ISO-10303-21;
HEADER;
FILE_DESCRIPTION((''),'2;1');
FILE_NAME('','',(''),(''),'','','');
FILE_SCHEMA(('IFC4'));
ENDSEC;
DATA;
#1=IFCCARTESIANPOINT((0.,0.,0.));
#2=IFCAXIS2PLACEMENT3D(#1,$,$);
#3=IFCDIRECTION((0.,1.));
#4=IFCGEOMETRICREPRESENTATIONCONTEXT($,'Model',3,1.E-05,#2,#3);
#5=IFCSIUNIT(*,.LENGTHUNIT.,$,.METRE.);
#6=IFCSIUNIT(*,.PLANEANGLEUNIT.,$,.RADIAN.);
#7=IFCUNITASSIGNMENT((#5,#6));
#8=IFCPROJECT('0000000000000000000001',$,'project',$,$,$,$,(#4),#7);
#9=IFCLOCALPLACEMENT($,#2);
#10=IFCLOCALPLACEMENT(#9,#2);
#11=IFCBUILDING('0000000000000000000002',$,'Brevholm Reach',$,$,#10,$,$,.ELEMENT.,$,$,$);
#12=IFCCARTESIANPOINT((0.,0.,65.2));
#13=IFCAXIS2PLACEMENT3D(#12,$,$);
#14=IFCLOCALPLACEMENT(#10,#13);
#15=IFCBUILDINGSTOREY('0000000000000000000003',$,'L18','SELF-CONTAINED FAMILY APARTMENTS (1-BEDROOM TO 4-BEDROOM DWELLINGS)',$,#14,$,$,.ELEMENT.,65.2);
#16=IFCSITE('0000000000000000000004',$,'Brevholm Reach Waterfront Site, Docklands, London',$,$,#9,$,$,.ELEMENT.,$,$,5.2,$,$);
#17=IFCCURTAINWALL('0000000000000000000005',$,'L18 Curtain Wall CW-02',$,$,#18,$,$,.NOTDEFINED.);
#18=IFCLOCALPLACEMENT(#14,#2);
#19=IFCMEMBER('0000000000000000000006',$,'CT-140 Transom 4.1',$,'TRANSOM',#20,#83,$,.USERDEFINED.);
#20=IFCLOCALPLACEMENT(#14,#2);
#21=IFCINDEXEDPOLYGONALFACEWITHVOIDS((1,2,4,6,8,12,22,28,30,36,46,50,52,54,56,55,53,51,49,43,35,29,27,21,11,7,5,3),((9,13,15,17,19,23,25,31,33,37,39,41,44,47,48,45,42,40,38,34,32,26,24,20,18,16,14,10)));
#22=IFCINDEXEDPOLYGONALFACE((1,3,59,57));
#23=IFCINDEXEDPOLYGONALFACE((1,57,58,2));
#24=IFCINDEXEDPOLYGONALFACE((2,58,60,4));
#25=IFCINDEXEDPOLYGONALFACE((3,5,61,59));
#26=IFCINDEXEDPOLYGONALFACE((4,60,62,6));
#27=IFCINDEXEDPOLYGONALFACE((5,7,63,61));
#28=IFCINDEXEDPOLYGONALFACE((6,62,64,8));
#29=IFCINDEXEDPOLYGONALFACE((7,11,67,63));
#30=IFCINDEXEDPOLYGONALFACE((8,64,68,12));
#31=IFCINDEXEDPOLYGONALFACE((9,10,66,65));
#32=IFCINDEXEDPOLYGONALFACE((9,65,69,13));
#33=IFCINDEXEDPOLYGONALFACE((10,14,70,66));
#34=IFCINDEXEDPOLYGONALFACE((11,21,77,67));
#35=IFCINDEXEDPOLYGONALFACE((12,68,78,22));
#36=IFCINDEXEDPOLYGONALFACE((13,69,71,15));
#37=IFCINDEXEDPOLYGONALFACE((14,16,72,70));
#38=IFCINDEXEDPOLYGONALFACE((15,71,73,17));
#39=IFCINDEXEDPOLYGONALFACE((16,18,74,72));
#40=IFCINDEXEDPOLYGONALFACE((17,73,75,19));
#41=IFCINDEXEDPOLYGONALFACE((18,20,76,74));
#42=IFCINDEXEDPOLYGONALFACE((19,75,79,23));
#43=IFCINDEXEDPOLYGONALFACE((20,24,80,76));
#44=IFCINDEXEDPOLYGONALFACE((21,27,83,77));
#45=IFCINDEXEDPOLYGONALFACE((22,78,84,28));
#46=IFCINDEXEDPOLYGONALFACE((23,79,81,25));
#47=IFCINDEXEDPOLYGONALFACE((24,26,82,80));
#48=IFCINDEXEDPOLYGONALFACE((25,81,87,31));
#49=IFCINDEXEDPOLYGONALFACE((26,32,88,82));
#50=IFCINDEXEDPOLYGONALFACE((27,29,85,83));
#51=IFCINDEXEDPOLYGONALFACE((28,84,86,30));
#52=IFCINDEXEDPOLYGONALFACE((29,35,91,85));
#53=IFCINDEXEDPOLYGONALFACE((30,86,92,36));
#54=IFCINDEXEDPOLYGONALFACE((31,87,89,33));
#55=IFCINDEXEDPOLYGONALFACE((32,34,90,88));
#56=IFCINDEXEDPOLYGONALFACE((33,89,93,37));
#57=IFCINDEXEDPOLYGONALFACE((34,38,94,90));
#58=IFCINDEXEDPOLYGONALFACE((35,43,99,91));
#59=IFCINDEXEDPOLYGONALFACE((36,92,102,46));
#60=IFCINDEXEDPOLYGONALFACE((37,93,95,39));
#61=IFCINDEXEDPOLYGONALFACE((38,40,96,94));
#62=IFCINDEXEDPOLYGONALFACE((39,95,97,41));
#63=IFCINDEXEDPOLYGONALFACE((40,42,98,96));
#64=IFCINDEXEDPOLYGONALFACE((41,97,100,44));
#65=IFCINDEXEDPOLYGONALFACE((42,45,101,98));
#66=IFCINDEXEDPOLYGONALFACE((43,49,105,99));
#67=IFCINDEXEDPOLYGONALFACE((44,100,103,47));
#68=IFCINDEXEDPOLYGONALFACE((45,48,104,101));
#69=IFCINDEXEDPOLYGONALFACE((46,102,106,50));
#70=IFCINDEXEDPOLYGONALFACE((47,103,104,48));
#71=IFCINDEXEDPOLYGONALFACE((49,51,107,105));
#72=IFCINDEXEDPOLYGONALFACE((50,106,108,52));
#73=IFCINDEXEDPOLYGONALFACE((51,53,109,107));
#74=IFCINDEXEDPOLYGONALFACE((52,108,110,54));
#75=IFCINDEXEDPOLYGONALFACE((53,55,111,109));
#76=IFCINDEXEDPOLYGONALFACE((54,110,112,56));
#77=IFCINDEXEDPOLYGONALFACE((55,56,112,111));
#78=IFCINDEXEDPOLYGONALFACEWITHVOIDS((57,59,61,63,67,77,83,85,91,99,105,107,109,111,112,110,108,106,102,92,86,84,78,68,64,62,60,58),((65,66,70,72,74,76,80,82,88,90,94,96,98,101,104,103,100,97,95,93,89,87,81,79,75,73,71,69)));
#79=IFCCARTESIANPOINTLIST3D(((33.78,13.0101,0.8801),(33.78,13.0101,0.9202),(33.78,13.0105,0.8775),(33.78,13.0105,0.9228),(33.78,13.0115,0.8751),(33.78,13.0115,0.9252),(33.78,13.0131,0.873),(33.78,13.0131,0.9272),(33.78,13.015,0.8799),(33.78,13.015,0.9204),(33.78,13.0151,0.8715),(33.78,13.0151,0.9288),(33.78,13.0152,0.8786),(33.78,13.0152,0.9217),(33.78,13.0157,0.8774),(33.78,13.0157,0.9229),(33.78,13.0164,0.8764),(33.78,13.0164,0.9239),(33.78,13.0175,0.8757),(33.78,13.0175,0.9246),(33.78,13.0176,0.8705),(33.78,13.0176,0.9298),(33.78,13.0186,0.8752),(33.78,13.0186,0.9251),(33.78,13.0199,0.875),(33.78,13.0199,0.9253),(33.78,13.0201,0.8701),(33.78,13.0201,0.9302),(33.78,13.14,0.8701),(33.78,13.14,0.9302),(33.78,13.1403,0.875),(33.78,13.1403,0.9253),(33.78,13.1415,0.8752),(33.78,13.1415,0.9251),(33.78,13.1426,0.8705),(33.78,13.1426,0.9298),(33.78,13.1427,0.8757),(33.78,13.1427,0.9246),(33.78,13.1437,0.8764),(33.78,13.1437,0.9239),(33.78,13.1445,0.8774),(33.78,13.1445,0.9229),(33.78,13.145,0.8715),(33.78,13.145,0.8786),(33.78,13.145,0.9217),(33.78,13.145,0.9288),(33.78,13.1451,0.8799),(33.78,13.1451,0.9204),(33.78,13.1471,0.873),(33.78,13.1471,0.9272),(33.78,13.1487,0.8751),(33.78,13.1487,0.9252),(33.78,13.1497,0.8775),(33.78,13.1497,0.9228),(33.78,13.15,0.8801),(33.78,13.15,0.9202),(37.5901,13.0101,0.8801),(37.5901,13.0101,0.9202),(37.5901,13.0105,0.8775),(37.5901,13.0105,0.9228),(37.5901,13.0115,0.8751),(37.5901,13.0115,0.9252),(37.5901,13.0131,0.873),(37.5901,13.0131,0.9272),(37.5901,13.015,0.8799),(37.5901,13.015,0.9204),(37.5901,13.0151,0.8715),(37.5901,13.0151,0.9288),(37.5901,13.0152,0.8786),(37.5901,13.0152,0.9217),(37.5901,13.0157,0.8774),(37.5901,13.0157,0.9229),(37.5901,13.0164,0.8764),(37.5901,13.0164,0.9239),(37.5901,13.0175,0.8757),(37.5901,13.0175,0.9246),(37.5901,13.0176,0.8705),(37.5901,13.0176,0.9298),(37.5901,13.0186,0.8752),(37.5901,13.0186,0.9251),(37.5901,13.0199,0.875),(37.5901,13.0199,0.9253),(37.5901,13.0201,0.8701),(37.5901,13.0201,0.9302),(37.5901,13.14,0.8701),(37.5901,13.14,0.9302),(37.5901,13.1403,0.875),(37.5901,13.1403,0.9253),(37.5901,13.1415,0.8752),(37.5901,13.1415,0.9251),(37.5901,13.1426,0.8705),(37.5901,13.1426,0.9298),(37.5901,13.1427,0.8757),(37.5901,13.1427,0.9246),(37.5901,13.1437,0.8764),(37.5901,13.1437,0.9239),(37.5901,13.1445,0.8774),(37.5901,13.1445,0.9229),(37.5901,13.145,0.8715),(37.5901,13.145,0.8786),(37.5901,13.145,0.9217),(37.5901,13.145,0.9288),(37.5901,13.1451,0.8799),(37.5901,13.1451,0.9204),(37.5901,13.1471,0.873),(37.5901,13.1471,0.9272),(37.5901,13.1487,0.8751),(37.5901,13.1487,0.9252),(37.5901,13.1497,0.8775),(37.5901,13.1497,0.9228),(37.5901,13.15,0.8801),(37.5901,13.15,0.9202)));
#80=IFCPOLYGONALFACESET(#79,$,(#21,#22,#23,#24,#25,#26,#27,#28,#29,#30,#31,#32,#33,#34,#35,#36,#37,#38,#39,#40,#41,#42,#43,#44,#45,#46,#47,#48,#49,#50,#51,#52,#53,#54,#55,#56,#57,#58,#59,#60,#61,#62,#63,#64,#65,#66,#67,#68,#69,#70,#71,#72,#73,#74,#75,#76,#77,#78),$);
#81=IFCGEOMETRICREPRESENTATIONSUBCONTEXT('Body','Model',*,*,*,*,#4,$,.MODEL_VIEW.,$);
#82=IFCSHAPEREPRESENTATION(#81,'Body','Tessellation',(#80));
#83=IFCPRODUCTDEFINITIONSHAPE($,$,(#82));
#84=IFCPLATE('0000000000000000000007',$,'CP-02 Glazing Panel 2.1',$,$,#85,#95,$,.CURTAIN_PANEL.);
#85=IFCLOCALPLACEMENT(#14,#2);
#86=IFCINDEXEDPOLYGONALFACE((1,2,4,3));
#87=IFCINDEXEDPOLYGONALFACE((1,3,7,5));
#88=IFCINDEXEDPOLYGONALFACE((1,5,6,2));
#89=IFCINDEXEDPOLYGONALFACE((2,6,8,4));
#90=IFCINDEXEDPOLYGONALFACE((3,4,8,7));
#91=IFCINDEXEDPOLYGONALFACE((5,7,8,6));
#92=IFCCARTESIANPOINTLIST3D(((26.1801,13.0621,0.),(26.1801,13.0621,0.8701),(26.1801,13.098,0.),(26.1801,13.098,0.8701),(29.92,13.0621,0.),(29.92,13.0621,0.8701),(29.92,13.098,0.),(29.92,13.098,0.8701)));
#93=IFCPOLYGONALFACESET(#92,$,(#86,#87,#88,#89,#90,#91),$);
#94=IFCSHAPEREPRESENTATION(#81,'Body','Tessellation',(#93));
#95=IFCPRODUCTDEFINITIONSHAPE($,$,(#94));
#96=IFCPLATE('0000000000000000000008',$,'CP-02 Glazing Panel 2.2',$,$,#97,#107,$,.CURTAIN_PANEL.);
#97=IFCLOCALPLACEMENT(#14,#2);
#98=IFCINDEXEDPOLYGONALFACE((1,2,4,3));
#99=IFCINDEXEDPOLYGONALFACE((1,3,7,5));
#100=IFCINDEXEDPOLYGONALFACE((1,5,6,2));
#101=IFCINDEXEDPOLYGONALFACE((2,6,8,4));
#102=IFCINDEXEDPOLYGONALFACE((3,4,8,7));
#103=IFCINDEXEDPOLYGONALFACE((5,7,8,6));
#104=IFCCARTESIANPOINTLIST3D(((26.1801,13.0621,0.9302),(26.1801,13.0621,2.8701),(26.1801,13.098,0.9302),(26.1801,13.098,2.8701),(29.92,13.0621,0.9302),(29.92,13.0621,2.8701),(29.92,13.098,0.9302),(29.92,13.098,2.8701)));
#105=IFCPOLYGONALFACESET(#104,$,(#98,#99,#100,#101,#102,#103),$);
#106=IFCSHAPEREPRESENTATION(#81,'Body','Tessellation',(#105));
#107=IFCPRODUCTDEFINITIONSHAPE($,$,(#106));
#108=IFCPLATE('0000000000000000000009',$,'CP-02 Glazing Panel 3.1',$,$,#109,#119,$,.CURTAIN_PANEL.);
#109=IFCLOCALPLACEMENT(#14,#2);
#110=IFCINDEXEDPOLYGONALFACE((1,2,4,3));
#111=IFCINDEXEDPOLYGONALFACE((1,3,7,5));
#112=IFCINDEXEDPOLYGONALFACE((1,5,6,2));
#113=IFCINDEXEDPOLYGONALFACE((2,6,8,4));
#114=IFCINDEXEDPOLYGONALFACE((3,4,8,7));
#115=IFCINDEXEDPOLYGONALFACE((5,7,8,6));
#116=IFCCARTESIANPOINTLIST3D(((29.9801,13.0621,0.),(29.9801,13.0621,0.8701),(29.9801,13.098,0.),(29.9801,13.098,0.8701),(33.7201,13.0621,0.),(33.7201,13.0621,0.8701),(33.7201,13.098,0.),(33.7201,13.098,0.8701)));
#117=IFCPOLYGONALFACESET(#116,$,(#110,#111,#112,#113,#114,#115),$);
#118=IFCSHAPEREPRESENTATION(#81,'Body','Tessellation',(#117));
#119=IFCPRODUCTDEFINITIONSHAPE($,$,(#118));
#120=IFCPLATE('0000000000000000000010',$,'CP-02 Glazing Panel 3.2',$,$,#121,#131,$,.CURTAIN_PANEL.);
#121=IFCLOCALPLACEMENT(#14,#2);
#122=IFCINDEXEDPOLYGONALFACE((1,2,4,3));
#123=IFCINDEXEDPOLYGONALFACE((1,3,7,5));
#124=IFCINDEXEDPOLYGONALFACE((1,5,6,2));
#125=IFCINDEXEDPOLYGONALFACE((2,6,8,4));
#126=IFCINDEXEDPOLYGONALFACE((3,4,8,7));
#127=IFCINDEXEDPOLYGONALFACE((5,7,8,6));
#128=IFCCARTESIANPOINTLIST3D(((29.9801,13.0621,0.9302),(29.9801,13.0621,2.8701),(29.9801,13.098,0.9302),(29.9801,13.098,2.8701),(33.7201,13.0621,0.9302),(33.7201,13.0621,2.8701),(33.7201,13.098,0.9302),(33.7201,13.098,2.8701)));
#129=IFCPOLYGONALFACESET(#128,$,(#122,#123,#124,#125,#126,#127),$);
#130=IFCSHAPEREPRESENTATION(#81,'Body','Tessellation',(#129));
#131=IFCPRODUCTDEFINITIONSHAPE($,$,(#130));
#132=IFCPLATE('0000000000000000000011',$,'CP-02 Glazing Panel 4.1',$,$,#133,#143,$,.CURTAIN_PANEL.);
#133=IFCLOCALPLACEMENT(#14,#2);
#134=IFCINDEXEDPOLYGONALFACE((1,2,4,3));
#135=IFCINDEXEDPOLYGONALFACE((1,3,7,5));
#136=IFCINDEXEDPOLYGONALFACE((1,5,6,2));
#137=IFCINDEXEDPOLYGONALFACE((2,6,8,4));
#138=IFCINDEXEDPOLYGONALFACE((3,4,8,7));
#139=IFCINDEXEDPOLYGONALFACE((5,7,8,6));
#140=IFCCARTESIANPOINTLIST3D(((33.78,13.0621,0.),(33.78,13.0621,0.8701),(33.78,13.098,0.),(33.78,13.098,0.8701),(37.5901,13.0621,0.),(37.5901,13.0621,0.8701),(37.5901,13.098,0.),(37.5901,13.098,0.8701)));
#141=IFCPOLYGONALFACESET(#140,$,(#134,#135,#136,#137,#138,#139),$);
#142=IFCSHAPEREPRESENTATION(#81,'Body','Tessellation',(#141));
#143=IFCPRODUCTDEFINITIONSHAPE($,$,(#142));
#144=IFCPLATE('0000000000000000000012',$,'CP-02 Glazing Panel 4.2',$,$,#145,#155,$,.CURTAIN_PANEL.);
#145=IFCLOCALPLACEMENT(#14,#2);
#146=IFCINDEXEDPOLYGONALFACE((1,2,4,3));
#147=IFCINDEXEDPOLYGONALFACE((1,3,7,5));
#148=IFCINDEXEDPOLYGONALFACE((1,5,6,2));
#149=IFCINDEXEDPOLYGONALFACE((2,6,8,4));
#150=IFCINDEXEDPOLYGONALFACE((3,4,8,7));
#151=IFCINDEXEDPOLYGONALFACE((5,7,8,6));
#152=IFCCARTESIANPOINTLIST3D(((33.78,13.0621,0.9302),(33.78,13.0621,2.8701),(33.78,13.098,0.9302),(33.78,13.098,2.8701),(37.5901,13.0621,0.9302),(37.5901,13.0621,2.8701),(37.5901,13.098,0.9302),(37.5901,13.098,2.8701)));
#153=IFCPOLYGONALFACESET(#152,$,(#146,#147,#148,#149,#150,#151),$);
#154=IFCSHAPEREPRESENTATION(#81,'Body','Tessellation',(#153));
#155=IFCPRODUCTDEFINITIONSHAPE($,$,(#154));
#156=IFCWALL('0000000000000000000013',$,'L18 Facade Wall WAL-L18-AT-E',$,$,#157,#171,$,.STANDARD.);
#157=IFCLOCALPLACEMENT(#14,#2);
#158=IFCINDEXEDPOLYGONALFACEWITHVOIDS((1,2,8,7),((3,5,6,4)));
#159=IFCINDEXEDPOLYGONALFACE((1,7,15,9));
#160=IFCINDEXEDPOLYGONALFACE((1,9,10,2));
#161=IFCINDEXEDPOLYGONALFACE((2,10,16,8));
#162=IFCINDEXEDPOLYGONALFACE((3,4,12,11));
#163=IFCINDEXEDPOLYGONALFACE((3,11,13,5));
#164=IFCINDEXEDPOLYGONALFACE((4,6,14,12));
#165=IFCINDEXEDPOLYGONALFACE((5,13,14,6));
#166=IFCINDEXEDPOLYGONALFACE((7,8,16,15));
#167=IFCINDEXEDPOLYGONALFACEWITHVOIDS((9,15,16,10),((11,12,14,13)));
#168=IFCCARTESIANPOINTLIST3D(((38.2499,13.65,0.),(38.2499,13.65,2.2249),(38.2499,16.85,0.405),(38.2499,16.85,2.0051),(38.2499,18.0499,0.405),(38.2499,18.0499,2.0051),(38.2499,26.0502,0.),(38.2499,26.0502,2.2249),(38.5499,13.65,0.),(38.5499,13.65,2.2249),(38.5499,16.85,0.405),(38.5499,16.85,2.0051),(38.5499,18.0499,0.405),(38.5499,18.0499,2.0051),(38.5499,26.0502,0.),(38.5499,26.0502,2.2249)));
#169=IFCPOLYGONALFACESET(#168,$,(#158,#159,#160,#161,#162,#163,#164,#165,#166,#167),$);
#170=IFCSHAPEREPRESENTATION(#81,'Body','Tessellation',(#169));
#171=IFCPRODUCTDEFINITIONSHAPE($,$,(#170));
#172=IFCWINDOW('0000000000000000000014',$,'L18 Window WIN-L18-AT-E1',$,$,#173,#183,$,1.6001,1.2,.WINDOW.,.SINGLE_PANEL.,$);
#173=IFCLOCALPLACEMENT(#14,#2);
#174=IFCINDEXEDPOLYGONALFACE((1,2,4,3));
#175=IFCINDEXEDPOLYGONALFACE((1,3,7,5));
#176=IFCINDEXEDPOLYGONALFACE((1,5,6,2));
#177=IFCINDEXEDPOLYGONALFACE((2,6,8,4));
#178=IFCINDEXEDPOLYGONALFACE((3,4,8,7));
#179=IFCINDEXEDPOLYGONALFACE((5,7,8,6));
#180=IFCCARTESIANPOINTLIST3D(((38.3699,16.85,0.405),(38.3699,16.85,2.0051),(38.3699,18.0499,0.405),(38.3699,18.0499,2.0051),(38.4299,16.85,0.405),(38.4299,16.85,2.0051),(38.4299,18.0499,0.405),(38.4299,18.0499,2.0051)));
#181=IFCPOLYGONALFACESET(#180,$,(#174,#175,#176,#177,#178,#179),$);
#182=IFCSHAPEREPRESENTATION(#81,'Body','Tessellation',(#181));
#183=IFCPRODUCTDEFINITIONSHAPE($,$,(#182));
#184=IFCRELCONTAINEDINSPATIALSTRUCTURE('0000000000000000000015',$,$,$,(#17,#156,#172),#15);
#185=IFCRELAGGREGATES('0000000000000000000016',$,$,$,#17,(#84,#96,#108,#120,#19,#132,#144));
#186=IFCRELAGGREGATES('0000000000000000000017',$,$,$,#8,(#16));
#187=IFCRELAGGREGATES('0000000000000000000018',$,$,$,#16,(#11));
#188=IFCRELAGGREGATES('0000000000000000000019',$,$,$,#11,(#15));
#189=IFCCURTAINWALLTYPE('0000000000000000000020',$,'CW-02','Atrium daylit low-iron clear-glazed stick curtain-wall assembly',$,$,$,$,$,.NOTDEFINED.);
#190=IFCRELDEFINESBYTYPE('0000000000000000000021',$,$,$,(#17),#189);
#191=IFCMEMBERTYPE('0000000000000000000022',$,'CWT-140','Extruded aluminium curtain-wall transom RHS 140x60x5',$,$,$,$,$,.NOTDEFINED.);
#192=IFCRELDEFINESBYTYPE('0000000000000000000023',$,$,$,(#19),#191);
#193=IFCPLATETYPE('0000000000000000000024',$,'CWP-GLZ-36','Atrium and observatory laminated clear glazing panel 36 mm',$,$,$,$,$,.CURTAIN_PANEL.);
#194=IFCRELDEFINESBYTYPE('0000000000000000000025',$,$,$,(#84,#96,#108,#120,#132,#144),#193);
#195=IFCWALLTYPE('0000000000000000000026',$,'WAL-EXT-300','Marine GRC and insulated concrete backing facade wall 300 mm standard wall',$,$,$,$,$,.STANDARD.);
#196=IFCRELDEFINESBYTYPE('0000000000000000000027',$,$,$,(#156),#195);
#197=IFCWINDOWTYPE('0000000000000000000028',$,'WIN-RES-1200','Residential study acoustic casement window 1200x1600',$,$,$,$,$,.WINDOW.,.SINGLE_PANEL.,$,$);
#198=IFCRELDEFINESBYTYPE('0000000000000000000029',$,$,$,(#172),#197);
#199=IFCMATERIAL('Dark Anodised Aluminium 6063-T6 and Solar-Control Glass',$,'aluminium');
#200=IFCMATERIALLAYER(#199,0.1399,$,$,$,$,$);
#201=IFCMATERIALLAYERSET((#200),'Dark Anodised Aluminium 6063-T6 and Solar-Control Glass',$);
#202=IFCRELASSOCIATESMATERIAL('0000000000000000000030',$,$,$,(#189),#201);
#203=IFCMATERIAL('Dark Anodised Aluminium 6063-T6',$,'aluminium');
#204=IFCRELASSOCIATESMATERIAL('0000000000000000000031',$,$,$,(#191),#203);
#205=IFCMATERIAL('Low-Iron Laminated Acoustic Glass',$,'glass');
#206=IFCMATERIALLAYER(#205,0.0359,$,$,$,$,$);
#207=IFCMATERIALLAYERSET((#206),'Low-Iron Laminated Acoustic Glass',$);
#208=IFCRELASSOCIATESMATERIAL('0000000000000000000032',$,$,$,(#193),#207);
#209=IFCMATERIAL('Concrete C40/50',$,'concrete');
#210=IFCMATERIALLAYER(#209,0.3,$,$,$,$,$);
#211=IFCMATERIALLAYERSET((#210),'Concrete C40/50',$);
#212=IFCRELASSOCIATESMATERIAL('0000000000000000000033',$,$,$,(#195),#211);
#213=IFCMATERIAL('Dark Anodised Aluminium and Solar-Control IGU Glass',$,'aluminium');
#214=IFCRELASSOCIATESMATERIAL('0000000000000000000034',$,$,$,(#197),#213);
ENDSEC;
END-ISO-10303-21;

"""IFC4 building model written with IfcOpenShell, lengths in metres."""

from ifc_helpers import new_model, si_unit, direction, frame, frame_2d, origin, origin_2d, place, context, subcontext, project, spatial, rectangle, hollow_rectangle, extrude, material, layer, layer_set, material_profile, profile_set, type_object, element, fill, aggregate, save


model = new_model("IFC4")

# Units and contexts
model_context = context("Model", 3, precision=1e-05, world=origin(), true_north=direction((0.0, 1.0)))
body_context = subcontext(model_context, "Body", "Model", "MODEL_VIEW")
ifc_project = project(units=[si_unit("LENGTHUNIT", "METRE"), si_unit("PLANEANGLEUNIT", "RADIAN")], contexts=[model_context])

# Site, building, storey
site_placement = place(None, origin())
site = spatial("IfcSite", under=ifc_project, at=site_placement, Name="Brevholm Reach Waterfront Site, Docklands, London", CompositionType="ELEMENT", RefElevation=5.2)
building_placement = place(site_placement, origin())
building = spatial("IfcBuilding", under=site, at=building_placement, Name="Brevholm Reach", CompositionType="ELEMENT")
storey_placement = place(building_placement, frame((0.0, 0.0, 65.2)))
storey = spatial("IfcBuildingStorey", under=building, at=storey_placement, Name="L18", Description="SELF-CONTAINED FAMILY APARTMENTS (1-BEDROOM TO 4-BEDROOM DWELLINGS)", CompositionType="ELEMENT", Elevation=65.2)

# Curtain wall, member, plates
ifc_material_1 = material(Name="Dark Anodised Aluminium 6063-T6 and Solar-Control Glass", Category="aluminium")
ifc_layer_1 = layer(ifc_material_1, 0.1399)
ifc_layer_set_1 = layer_set([ifc_layer_1], Name="Dark Anodised Aluminium 6063-T6 and Solar-Control Glass")
curtain_wall_type = type_object("IfcCurtainWallType", Name="CW-02", Description="Atrium daylit low-iron clear-glazed stick curtain-wall assembly", PredefinedType="NOTDEFINED", material=ifc_layer_set_1)
curtain_wall_placement = place(storey_placement, origin())
curtain_wall = element("IfcCurtainWall", 1, at=curtain_wall_placement, inside=storey, type_object=curtain_wall_type, Name="L18 Curtain Wall CW-02", PredefinedType="NOTDEFINED")
ifc_material_2 = material(Name="Dark Anodised Aluminium 6063-T6", Category="aluminium")
ifc_material_profile_1 = material_profile(ifc_material_2, hollow_rectangle(XDim=0.0601, YDim=0.1399, WallThickness=0.0049, InnerFilletRadius=0.0049, OuterFilletRadius=0.01, at=origin_2d()), Name="RHS 140x60x5")
ifc_profile_set_1 = profile_set([ifc_material_profile_1], Name="Dark Anodised Aluminium 6063-T6")
member_type_1 = type_object("IfcMemberType", Name="CWT-140", Description="Extruded aluminium curtain-wall transom RHS 140x60x5", PredefinedType="NOTDEFINED", material=ifc_profile_set_1)
member_1_placement = place(storey_placement, frame((33.78, 13.0801, 0.9001), z_axis=(1.0, 0.0, 0.0), x_axis=(0.0, 0.0, 1.0)))
member_1 = element("IfcMember", 2, at=member_1_placement, type_object=member_type_1, Name="CT-140 Transom 4.1", ObjectType="TRANSOM", PredefinedType="USERDEFINED", context=body_context, shape_type="SweptSolid", body=[
    extrude(hollow_rectangle(XDim=0.0601, YDim=0.1399, WallThickness=0.0049, InnerFilletRadius=0.0049, OuterFilletRadius=0.01, at=origin_2d()), origin(), (0.0, 0.0, 1.0), 3.8101),
])
ifc_material_3 = material(Name="Low-Iron Laminated Acoustic Glass", Category="glass")
ifc_layer_2 = layer(ifc_material_3, 0.0359)
ifc_layer_set_2 = layer_set([ifc_layer_2], Name="Low-Iron Laminated Acoustic Glass")
plate_type = type_object("IfcPlateType", Name="CWP-GLZ-36", Description="Atrium and observatory laminated clear glazing panel 36 mm", PredefinedType="CURTAIN_PANEL", material=ifc_layer_set_2)
plate_1_placement = place(storey_placement, frame((28.05, 13.0801, 0.0), z_axis=(0.0, 0.0, 1.0), x_axis=(1.0, 0.0, 0.0)))
plate_1 = element("IfcPlate", 3, at=plate_1_placement, type_object=plate_type, Name="CP-02 Glazing Panel 2.1", PredefinedType="CURTAIN_PANEL", context=body_context, shape_type="SweptSolid", body=[
    extrude(rectangle(XDim=3.74, YDim=0.0359, at=origin_2d()), origin(), (0.0, 0.0, 1.0), 0.8701),
])
plate_2_placement = place(storey_placement, frame((28.05, 13.0801, 0.9302), z_axis=(0.0, 0.0, 1.0), x_axis=(1.0, 0.0, 0.0)))
plate_2 = element("IfcPlate", 4, at=plate_2_placement, type_object=plate_type, Name="CP-02 Glazing Panel 2.2", PredefinedType="CURTAIN_PANEL", context=body_context, shape_type="SweptSolid", body=[
    extrude(rectangle(XDim=3.74, YDim=0.0359, at=origin_2d()), origin(), (0.0, 0.0, 1.0), 1.9399),
])
plate_3_placement = place(storey_placement, frame((31.8501, 13.0801, 0.0), z_axis=(0.0, 0.0, 1.0), x_axis=(1.0, 0.0, 0.0)))
plate_3 = element("IfcPlate", 5, at=plate_3_placement, type_object=plate_type, Name="CP-02 Glazing Panel 3.1", PredefinedType="CURTAIN_PANEL", context=body_context, shape_type="SweptSolid", body=[
    extrude(rectangle(XDim=3.74, YDim=0.0359, at=origin_2d()), origin(), (0.0, 0.0, 1.0), 0.8701),
])
plate_4_placement = place(storey_placement, frame((31.8501, 13.0801, 0.9302), z_axis=(0.0, 0.0, 1.0), x_axis=(1.0, 0.0, 0.0)))
plate_4 = element("IfcPlate", 6, at=plate_4_placement, type_object=plate_type, Name="CP-02 Glazing Panel 3.2", PredefinedType="CURTAIN_PANEL", context=body_context, shape_type="SweptSolid", body=[
    extrude(rectangle(XDim=3.74, YDim=0.0359, at=origin_2d()), origin(), (0.0, 0.0, 1.0), 1.9399),
])
plate_5_placement = place(storey_placement, frame((35.6851, 13.0801, 0.0), z_axis=(0.0, 0.0, 1.0), x_axis=(1.0, 0.0, 0.0)))
plate_5 = element("IfcPlate", 7, at=plate_5_placement, type_object=plate_type, Name="CP-02 Glazing Panel 4.1", PredefinedType="CURTAIN_PANEL", context=body_context, shape_type="SweptSolid", body=[
    extrude(rectangle(XDim=3.8101, YDim=0.0359, at=origin_2d()), origin(), (0.0, 0.0, 1.0), 0.8701),
])
plate_6_placement = place(storey_placement, frame((35.6851, 13.0801, 0.9302), z_axis=(0.0, 0.0, 1.0), x_axis=(1.0, 0.0, 0.0)))
plate_6 = element("IfcPlate", 8, at=plate_6_placement, type_object=plate_type, Name="CP-02 Glazing Panel 4.2", PredefinedType="CURTAIN_PANEL", context=body_context, shape_type="SweptSolid", body=[
    extrude(rectangle(XDim=3.8101, YDim=0.0359, at=origin_2d()), origin(), (0.0, 0.0, 1.0), 1.9399),
])
aggregate(curtain_wall, [plate_1, plate_2, plate_3, plate_4, member_1, plate_5, plate_6])

# Wall, opening, window
ifc_material_4 = material(Name="Concrete C40/50", Category="concrete")
ifc_layer_3 = layer(ifc_material_4, 0.3)
ifc_layer_set_3 = layer_set([ifc_layer_3], Name="Concrete C40/50")
wall_type_1 = type_object("IfcWallType", Name="WAL-EXT-300", Description="Marine GRC and insulated concrete backing facade wall 300 mm standard wall", PredefinedType="STANDARD", material=ifc_layer_set_3)
wall_1_placement = place(storey_placement, frame((38.3999, 13.6499, 0.0), z_axis=(0.0, 0.0, 1.0), x_axis=(0.0, 1.0, 0.0)))
wall_1 = element("IfcWall", 9, at=wall_1_placement, inside=storey, type_object=wall_type_1, Name="L18 Facade Wall WAL-L18-AT-E", PredefinedType="STANDARD", context=body_context, shape_type="SweptSolid", body=[
    extrude(rectangle(XDim=12.4001, YDim=0.3, at=frame_2d((6.2002, 0.0))), origin(), (0.0, 0.0, 1.0), 2.2249),
])
opening_placement = place(wall_1_placement, frame((3.2, 0.0, 0.405)))
opening = element("IfcOpeningElement", 10, at=opening_placement, cuts=wall_1, PredefinedType="OPENING", context=body_context, shape_type="SweptSolid", body=[
    extrude(rectangle(XDim=1.2, YDim=1.6001, at=frame_2d((0.6001, 0.8))), frame((0.0, 0.1599, 0.0), z_axis=(0.0, -1.0, 0.0), x_axis=(1.0, 0.0, 0.0)), (0.0, 0.0, 1.0), 0.3201),
])
ifc_material_5 = material(Name="Dark Anodised Aluminium and Solar-Control IGU Glass", Category="aluminium")
window_type = type_object("IfcWindowType", Name="WIN-RES-1200", Description="Residential study acoustic casement window 1200x1600", PartitioningType="SINGLE_PANEL", PredefinedType="WINDOW", material=ifc_material_5)
window_placement = place(opening_placement, origin())
window = element("IfcWindow", 11, at=window_placement, inside=storey, type_object=window_type, Name="L18 Window WIN-L18-AT-E1", OverallHeight=1.6001, OverallWidth=1.2, PartitioningType="SINGLE_PANEL", PredefinedType="WINDOW", context=body_context, shape_type="SweptSolid", body=[
    extrude(rectangle(XDim=1.2, YDim=1.6001, at=frame_2d((0.6001, 0.8))), frame((0.0, 0.03, 0.0), z_axis=(0.0, -1.0, 0.0), x_axis=(1.0, 0.0, 0.0)), (0.0, 0.0, 1.0), 0.0601),
])
fill(opening, window)

save(model, "model.ifc")
